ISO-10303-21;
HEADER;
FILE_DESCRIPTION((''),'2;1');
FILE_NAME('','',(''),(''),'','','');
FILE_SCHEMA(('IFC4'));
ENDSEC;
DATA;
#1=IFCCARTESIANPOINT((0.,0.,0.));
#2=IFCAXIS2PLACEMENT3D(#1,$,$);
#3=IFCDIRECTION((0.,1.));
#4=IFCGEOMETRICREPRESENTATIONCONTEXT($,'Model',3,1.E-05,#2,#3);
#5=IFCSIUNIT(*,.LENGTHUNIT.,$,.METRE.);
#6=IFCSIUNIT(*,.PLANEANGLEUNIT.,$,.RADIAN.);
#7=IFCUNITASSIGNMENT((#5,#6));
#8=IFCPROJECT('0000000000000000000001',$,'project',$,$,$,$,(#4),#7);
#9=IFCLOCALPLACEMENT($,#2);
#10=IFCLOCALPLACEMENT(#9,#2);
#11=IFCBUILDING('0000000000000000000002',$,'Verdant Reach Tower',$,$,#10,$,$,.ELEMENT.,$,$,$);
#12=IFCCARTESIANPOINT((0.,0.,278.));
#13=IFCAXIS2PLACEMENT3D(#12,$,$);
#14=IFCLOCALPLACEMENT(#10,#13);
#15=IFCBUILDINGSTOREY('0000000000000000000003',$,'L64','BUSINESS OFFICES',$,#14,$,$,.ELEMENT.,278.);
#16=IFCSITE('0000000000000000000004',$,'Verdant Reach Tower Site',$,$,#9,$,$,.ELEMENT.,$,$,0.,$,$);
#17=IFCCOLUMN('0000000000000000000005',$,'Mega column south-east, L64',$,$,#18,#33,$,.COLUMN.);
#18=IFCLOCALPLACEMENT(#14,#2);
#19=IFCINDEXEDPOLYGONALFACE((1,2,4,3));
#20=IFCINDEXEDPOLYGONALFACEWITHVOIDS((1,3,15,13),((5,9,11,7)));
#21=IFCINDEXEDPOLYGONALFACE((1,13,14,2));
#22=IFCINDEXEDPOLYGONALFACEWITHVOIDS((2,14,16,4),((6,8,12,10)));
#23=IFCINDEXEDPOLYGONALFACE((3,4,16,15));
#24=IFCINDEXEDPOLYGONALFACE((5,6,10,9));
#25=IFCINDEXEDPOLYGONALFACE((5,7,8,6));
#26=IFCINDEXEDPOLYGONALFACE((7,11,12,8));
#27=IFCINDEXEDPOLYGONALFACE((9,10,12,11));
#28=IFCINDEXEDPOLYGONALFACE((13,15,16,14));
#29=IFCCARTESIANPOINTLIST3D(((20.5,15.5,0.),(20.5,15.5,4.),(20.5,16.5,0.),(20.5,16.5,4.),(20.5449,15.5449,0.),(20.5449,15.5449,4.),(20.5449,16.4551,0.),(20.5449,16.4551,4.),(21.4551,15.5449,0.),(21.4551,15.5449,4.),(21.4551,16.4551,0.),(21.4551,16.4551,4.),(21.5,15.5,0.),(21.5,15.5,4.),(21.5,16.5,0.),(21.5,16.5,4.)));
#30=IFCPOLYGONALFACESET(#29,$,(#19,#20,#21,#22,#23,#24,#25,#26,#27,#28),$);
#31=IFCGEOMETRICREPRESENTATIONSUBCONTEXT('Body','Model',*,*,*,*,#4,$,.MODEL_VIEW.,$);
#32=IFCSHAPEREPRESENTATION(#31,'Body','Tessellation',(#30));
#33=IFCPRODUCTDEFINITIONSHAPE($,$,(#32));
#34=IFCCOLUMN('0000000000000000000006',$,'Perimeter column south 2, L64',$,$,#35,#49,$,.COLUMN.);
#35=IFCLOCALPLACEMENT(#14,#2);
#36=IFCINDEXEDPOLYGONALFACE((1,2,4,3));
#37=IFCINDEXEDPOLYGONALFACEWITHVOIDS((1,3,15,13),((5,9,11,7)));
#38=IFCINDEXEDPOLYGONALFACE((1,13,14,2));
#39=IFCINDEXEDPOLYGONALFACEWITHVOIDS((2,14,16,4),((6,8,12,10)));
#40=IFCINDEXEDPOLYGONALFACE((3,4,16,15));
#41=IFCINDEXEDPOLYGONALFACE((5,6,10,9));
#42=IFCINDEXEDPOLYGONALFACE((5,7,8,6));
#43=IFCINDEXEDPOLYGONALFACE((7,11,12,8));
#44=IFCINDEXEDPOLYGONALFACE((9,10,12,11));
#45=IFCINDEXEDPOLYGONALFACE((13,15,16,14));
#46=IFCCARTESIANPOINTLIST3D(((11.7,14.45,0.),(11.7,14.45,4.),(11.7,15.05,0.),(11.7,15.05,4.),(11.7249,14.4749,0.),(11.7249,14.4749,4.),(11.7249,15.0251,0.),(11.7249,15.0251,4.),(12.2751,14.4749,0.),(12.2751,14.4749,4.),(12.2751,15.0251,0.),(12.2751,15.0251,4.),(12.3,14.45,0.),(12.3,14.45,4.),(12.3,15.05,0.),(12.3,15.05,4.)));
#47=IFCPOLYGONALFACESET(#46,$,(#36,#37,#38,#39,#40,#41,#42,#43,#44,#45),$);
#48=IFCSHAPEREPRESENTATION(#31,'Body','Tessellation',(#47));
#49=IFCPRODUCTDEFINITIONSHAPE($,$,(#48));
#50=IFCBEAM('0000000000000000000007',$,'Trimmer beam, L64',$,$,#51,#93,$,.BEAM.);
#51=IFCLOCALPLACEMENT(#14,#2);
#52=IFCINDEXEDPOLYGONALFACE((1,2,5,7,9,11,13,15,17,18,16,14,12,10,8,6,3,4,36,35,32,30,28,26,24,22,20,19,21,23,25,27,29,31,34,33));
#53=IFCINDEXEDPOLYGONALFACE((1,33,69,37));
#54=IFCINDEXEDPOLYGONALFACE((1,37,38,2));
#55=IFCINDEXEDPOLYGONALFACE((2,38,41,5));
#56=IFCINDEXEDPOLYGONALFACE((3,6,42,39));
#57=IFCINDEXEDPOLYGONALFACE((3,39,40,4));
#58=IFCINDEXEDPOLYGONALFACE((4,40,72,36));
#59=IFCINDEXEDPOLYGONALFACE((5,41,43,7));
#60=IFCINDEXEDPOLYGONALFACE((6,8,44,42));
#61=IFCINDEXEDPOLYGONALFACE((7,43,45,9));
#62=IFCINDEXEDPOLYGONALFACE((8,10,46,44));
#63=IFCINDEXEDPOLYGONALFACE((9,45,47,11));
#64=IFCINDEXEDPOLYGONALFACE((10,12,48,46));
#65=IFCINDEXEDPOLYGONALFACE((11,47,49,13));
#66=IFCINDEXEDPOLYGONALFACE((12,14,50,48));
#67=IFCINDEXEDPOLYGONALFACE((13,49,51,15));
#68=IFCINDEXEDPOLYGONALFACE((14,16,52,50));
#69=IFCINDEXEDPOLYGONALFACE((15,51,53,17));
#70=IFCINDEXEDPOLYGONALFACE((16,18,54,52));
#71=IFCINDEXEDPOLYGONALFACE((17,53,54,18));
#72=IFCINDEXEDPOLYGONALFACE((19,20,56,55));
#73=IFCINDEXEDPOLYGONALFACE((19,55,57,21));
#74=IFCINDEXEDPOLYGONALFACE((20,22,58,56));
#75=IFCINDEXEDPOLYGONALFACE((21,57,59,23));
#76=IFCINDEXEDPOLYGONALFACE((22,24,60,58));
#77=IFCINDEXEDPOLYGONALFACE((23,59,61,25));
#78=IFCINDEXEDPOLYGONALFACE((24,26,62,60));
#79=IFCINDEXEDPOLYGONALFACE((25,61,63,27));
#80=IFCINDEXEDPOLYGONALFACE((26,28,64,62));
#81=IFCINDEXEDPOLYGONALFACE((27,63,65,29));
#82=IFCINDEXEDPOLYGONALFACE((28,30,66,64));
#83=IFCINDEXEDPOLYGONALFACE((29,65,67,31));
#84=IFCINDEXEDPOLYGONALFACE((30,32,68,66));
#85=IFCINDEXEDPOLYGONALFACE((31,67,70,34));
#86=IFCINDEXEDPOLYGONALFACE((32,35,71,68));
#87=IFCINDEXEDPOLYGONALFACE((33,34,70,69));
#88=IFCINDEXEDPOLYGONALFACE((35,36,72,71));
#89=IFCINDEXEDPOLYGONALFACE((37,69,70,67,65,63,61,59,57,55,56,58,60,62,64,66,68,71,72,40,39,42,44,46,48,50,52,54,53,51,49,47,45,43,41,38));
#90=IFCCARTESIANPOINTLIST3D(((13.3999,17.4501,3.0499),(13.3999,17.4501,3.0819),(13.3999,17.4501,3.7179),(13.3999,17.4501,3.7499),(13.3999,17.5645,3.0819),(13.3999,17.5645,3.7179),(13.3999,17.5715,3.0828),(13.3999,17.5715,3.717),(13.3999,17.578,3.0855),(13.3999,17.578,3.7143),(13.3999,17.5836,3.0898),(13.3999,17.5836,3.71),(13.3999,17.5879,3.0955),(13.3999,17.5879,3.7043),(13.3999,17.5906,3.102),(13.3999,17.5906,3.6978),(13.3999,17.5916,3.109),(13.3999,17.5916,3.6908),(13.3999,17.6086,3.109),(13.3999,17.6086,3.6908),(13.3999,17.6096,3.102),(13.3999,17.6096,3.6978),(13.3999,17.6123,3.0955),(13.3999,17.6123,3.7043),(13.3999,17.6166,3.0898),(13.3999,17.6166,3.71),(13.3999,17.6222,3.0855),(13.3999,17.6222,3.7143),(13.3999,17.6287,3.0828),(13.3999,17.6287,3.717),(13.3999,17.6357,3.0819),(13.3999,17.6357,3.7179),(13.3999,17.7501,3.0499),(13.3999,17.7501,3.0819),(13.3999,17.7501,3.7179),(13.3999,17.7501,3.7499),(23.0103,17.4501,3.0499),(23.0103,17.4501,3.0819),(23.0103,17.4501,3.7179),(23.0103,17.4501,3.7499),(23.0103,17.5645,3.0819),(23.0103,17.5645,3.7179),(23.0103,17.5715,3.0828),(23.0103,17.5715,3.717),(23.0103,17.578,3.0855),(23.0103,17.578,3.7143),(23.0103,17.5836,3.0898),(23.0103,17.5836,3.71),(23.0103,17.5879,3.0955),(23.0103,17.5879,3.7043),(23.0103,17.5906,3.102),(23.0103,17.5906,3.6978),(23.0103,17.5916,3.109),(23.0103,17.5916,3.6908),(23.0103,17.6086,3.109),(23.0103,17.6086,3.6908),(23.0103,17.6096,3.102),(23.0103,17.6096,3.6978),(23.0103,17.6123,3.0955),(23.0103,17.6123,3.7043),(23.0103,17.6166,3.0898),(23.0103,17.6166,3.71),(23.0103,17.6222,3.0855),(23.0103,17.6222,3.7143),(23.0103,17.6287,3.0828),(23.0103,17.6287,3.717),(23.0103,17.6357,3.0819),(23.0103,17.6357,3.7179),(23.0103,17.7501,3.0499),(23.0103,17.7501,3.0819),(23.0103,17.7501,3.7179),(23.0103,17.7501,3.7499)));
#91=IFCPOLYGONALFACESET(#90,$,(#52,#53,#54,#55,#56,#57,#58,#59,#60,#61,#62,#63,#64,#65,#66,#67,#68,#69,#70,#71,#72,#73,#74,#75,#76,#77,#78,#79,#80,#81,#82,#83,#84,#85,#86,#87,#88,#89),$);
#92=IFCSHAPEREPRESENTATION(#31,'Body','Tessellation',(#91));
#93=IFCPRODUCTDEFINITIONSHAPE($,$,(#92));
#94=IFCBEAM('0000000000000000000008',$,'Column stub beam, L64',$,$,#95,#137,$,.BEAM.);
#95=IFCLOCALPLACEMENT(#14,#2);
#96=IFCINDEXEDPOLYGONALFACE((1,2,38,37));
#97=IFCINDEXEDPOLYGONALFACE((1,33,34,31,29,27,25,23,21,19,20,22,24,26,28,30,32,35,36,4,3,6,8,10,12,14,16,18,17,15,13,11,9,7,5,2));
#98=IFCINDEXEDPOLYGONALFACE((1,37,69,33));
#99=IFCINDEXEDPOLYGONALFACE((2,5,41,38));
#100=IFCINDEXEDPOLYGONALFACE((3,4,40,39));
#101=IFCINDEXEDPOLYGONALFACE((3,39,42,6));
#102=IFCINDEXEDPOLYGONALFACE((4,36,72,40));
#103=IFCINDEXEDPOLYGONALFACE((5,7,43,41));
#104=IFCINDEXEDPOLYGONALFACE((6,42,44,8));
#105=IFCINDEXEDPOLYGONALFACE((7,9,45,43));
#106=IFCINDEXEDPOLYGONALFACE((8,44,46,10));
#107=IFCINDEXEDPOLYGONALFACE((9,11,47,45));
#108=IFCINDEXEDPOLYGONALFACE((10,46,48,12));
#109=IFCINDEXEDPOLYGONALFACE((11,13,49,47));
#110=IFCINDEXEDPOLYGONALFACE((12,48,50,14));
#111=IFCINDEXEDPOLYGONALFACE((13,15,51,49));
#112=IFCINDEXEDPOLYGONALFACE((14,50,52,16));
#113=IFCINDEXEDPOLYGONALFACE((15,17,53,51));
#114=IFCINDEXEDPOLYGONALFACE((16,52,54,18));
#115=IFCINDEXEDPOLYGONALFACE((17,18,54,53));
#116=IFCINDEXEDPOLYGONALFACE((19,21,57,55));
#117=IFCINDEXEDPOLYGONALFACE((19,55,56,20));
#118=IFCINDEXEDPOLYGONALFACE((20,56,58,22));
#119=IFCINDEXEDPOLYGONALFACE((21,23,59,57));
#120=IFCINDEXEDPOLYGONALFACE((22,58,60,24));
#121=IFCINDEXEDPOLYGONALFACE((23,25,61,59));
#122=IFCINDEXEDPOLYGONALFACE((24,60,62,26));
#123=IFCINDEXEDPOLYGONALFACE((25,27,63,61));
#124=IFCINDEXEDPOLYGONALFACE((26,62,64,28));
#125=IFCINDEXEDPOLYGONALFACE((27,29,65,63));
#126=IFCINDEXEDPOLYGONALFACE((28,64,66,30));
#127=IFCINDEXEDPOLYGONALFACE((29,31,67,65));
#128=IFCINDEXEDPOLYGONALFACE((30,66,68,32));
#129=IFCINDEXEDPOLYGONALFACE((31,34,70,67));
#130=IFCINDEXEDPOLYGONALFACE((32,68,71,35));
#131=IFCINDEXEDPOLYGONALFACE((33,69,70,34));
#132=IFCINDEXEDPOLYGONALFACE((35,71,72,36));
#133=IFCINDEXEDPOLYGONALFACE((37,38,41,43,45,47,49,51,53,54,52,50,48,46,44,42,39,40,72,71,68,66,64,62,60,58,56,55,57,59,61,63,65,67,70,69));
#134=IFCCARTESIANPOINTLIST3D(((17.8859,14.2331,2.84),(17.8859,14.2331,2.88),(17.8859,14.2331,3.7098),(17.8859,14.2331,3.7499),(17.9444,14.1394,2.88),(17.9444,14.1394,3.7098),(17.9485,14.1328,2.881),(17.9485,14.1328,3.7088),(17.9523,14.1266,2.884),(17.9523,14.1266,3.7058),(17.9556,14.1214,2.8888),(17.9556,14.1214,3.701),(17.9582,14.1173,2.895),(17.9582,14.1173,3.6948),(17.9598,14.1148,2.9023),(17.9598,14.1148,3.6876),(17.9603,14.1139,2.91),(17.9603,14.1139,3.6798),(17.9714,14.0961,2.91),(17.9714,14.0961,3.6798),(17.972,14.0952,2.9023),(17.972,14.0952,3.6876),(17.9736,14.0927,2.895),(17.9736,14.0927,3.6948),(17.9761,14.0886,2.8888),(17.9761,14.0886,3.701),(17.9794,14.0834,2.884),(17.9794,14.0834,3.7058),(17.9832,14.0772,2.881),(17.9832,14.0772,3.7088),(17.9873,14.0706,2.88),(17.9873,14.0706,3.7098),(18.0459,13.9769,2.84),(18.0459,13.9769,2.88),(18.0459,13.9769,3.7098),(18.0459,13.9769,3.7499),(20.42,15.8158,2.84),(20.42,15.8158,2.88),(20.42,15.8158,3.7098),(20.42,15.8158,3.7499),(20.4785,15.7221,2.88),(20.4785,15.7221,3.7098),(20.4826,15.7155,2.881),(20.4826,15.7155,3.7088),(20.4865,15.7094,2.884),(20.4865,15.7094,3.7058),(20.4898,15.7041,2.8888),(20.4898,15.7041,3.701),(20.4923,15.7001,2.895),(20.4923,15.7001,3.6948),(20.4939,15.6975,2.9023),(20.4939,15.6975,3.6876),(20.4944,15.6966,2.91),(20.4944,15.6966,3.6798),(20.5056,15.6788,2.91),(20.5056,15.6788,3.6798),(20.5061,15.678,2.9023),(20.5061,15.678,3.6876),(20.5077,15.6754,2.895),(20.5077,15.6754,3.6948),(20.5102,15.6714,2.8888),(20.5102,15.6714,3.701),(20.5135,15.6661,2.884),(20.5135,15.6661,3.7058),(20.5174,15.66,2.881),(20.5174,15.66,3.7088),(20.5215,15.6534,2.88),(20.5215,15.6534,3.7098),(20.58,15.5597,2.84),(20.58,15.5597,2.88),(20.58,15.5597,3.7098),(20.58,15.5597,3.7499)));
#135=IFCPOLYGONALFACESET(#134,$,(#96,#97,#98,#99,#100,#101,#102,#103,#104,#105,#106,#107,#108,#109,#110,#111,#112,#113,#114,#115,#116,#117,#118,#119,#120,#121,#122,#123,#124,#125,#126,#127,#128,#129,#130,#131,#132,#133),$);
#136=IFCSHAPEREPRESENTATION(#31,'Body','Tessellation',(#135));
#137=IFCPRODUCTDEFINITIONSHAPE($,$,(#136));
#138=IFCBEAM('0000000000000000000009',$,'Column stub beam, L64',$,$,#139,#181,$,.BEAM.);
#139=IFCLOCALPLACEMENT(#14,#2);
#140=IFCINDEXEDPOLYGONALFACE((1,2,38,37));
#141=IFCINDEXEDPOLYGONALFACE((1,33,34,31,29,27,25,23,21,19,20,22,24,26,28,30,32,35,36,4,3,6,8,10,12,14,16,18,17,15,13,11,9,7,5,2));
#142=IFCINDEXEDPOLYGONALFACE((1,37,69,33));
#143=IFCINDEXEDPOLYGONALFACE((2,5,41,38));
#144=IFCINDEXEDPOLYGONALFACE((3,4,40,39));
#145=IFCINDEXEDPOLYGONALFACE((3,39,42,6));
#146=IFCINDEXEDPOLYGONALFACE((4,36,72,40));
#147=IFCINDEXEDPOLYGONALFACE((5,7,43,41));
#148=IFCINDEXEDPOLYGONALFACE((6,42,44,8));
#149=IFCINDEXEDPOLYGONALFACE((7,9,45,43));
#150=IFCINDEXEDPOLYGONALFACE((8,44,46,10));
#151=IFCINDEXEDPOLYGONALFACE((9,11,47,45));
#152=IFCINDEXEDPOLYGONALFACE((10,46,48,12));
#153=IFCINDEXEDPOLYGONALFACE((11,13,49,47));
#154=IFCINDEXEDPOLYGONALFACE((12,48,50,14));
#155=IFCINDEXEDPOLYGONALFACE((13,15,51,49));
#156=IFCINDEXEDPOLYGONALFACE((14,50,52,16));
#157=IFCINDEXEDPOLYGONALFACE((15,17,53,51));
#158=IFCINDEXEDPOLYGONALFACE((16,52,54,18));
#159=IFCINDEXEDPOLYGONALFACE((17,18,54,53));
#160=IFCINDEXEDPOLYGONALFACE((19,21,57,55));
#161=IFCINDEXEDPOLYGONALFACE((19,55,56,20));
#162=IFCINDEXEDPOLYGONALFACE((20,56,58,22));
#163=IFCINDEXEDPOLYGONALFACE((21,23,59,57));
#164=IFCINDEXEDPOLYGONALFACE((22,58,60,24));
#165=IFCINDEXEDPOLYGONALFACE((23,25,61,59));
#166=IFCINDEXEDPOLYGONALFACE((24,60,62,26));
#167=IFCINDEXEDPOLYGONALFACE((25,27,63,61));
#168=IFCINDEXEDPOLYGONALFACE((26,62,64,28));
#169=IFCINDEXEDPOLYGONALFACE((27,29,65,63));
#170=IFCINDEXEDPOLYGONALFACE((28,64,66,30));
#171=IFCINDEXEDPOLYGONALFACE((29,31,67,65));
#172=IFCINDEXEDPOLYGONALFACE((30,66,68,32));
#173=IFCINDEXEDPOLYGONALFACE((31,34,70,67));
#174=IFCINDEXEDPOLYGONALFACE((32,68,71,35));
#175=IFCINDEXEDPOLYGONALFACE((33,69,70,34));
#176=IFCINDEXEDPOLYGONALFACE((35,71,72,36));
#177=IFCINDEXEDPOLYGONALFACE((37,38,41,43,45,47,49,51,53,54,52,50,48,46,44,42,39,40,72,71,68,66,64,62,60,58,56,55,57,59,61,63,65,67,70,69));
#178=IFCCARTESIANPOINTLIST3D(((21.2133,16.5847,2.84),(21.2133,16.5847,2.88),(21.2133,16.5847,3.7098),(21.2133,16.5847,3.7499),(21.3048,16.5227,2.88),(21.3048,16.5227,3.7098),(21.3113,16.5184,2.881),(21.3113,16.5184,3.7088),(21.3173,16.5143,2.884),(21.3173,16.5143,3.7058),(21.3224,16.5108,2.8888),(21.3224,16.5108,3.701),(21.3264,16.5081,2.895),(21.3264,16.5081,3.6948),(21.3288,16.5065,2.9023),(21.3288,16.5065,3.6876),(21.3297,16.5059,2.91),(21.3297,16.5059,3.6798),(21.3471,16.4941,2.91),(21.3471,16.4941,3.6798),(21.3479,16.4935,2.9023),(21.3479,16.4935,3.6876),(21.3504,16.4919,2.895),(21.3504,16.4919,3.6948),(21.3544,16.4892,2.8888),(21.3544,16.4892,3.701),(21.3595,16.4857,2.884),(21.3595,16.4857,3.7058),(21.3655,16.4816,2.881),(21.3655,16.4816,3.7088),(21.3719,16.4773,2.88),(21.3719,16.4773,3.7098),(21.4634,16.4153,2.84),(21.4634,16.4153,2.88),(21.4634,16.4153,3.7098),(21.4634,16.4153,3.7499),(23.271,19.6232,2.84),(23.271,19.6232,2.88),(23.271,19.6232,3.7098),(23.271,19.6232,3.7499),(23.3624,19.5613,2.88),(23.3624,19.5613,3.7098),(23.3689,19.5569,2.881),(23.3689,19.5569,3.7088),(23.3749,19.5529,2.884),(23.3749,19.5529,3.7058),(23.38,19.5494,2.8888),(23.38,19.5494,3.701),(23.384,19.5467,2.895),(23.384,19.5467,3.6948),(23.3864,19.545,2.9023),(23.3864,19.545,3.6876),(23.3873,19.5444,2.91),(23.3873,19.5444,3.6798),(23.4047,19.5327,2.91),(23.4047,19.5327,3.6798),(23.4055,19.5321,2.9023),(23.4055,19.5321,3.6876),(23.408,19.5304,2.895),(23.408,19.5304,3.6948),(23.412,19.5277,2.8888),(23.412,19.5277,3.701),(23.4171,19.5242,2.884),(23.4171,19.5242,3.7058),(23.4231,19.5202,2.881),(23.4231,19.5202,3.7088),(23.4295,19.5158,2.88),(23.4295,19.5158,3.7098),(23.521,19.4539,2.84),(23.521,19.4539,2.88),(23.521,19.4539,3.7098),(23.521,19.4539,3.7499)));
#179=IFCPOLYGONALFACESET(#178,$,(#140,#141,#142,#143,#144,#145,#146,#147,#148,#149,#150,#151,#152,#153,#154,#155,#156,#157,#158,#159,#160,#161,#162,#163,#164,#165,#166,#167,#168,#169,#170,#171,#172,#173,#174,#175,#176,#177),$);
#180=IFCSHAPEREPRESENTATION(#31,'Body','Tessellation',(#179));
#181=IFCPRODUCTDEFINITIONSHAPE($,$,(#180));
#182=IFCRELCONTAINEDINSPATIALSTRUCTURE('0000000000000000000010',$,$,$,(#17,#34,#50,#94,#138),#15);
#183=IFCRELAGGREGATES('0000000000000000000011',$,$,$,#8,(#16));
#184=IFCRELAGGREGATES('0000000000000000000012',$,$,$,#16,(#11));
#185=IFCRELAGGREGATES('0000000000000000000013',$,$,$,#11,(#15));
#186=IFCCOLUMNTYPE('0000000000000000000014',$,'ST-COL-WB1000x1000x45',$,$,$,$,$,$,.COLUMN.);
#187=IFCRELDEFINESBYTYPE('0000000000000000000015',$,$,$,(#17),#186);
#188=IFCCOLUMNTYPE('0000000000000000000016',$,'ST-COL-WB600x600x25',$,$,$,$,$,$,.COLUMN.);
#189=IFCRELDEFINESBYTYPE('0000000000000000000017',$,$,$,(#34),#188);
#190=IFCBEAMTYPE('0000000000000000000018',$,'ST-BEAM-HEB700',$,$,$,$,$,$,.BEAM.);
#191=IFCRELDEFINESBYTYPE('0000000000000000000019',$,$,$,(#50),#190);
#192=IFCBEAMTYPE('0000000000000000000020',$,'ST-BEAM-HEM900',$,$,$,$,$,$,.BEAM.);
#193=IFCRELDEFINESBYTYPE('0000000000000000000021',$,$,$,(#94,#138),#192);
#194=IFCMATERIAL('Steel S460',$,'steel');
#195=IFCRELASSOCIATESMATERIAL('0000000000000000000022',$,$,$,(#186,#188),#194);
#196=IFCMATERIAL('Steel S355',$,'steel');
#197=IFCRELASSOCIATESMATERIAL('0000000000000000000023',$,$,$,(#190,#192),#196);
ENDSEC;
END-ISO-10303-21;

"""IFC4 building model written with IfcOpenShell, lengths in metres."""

from ifc_helpers import new_model, si_unit, direction, frame, origin, origin_2d, place, context, subcontext, project, spatial, hollow_rectangle, i_section, extrude, material, material_profile, profile_set, type_object, element, save


model = new_model("IFC4")

# Units and contexts
model_context = context("Model", 3, precision=1e-05, world=origin(), true_north=direction((0.0, 1.0)))
body_context = subcontext(model_context, "Body", "Model", "MODEL_VIEW")
ifc_project = project(units=[si_unit("LENGTHUNIT", "METRE"), si_unit("PLANEANGLEUNIT", "RADIAN")], contexts=[model_context])

# Site, building, storey
site_placement = place(None, origin())
site = spatial("IfcSite", under=ifc_project, at=site_placement, Name="Verdant Reach Tower Site", CompositionType="ELEMENT", RefElevation=0.0)
building_placement = place(site_placement, origin())
building = spatial("IfcBuilding", under=site, at=building_placement, Name="Verdant Reach Tower", CompositionType="ELEMENT")
storey_placement = place(building_placement, frame((0.0, 0.0, 278.0)))
storey = spatial("IfcBuildingStorey", under=building, at=storey_placement, Name="L64", Description="BUSINESS OFFICES", CompositionType="ELEMENT", Elevation=278.0)

# Columns
ifc_material_1 = material(Name="Steel S460", Category="steel")
ifc_material_profile_1 = material_profile(ifc_material_1, hollow_rectangle(XDim=1.0, YDim=1.0, WallThickness=0.0449, at=origin_2d()), Name="WB 1000x1000x45")
ifc_profile_set_1 = profile_set([ifc_material_profile_1], Name="Steel S460")
column_type_1 = type_object("IfcColumnType", Name="ST-COL-WB1000x1000x45", PredefinedType="COLUMN", material=ifc_profile_set_1)
column_1_placement = place(storey_placement, frame((21.0, 16.0, 0.0), z_axis=(0.0, 0.0, 1.0), x_axis=(1.0, 0.0, 0.0)))
element("IfcColumn", 1, at=column_1_placement, inside=storey, type_object=column_type_1, Name="Mega column south-east, L64", PredefinedType="COLUMN", context=body_context, shape_type="SweptSolid", body=[
    extrude(hollow_rectangle(XDim=1.0, YDim=1.0, WallThickness=0.0449, at=origin_2d()), origin(), (0.0, 0.0, 1.0), 4.0),
])
ifc_material_profile_2 = material_profile(ifc_material_1, hollow_rectangle(XDim=0.6001, YDim=0.6001, WallThickness=0.0249, at=origin_2d()), Name="WB 600x600x25")
ifc_profile_set_2 = profile_set([ifc_material_profile_2], Name="Steel S460")
column_type_2 = type_object("IfcColumnType", Name="ST-COL-WB600x600x25", PredefinedType="COLUMN", material=ifc_profile_set_2)
column_2_placement = place(storey_placement, frame((12.0, 14.75, 0.0), z_axis=(0.0, 0.0, 1.0), x_axis=(1.0, 0.0, 0.0)))
element("IfcColumn", 2, at=column_2_placement, inside=storey, type_object=column_type_2, Name="Perimeter column south 2, L64", PredefinedType="COLUMN", context=body_context, shape_type="SweptSolid", body=[
    extrude(hollow_rectangle(XDim=0.6001, YDim=0.6001, WallThickness=0.0249, at=origin_2d()), origin(), (0.0, 0.0, 1.0), 4.0),
])

# Beams
ifc_material_2 = material(Name="Steel S355", Category="steel")
ifc_material_profile_3 = material_profile(ifc_material_2, i_section(OverallWidth=0.3, OverallDepth=0.7, WebThickness=0.0171, FlangeThickness=0.032, FilletRadius=0.0271, at=origin_2d()), Name="HEB 700")
ifc_profile_set_3 = profile_set([ifc_material_profile_3], Name="Steel S355")
beam_type_1 = type_object("IfcBeamType", Name="ST-BEAM-HEB700", PredefinedType="BEAM", material=ifc_profile_set_3)
beam_1_placement = place(storey_placement, frame((13.3999, 17.6001, 3.3999), z_axis=(1.0, 0.0, 0.0), x_axis=(0.0, 1.0, 0.0)))
element("IfcBeam", 3, at=beam_1_placement, inside=storey, type_object=beam_type_1, Name="Trimmer beam, L64", PredefinedType="BEAM", context=body_context, shape_type="SweptSolid", body=[
    extrude(i_section(OverallWidth=0.3, OverallDepth=0.7, WebThickness=0.0171, FlangeThickness=0.032, FilletRadius=0.0271, at=origin_2d()), origin(), (0.0, 0.0, 1.0), 9.6104),
])
ifc_material_profile_4 = material_profile(ifc_material_2, i_section(OverallWidth=0.302, OverallDepth=0.9099, WebThickness=0.021, FlangeThickness=0.04, FilletRadius=0.03, at=origin_2d()), Name="HEM 900")
ifc_profile_set_4 = profile_set([ifc_material_profile_4], Name="Steel S355")
beam_type_2 = type_object("IfcBeamType", Name="ST-BEAM-HEM900", PredefinedType="BEAM", material=ifc_profile_set_4)
beam_2_placement = place(storey_placement, frame((20.5, 15.6877, 3.2949), z_axis=(-0.848164, -0.529735, 0.0), x_axis=(0.529735, -0.848164, 0.0)))
element("IfcBeam", 4, at=beam_2_placement, inside=storey, type_object=beam_type_2, Name="Column stub beam, L64", PredefinedType="BEAM", context=body_context, shape_type="SweptSolid", body=[
    extrude(i_section(OverallWidth=0.302, OverallDepth=0.9099, WebThickness=0.021, FlangeThickness=0.04, FilletRadius=0.03, at=origin_2d()), origin(), (0.0, 0.0, 1.0), 2.9878),
])
beam_3_placement = place(storey_placement, frame((21.3384, 16.5, 3.2949), z_axis=(0.560704, 0.828016, 0.0), x_axis=(-0.828016, 0.560704, 0.0)))
element("IfcBeam", 5, at=beam_3_placement, inside=storey, type_object=beam_type_2, Name="Column stub beam, L64", PredefinedType="BEAM", context=body_context, shape_type="SweptSolid", body=[
    extrude(i_section(OverallWidth=0.302, OverallDepth=0.9099, WebThickness=0.021, FlangeThickness=0.04, FilletRadius=0.03, at=origin_2d()), origin(), (0.0, 0.0, 1.0), 3.6697),
])

save(model, "model.ifc")
